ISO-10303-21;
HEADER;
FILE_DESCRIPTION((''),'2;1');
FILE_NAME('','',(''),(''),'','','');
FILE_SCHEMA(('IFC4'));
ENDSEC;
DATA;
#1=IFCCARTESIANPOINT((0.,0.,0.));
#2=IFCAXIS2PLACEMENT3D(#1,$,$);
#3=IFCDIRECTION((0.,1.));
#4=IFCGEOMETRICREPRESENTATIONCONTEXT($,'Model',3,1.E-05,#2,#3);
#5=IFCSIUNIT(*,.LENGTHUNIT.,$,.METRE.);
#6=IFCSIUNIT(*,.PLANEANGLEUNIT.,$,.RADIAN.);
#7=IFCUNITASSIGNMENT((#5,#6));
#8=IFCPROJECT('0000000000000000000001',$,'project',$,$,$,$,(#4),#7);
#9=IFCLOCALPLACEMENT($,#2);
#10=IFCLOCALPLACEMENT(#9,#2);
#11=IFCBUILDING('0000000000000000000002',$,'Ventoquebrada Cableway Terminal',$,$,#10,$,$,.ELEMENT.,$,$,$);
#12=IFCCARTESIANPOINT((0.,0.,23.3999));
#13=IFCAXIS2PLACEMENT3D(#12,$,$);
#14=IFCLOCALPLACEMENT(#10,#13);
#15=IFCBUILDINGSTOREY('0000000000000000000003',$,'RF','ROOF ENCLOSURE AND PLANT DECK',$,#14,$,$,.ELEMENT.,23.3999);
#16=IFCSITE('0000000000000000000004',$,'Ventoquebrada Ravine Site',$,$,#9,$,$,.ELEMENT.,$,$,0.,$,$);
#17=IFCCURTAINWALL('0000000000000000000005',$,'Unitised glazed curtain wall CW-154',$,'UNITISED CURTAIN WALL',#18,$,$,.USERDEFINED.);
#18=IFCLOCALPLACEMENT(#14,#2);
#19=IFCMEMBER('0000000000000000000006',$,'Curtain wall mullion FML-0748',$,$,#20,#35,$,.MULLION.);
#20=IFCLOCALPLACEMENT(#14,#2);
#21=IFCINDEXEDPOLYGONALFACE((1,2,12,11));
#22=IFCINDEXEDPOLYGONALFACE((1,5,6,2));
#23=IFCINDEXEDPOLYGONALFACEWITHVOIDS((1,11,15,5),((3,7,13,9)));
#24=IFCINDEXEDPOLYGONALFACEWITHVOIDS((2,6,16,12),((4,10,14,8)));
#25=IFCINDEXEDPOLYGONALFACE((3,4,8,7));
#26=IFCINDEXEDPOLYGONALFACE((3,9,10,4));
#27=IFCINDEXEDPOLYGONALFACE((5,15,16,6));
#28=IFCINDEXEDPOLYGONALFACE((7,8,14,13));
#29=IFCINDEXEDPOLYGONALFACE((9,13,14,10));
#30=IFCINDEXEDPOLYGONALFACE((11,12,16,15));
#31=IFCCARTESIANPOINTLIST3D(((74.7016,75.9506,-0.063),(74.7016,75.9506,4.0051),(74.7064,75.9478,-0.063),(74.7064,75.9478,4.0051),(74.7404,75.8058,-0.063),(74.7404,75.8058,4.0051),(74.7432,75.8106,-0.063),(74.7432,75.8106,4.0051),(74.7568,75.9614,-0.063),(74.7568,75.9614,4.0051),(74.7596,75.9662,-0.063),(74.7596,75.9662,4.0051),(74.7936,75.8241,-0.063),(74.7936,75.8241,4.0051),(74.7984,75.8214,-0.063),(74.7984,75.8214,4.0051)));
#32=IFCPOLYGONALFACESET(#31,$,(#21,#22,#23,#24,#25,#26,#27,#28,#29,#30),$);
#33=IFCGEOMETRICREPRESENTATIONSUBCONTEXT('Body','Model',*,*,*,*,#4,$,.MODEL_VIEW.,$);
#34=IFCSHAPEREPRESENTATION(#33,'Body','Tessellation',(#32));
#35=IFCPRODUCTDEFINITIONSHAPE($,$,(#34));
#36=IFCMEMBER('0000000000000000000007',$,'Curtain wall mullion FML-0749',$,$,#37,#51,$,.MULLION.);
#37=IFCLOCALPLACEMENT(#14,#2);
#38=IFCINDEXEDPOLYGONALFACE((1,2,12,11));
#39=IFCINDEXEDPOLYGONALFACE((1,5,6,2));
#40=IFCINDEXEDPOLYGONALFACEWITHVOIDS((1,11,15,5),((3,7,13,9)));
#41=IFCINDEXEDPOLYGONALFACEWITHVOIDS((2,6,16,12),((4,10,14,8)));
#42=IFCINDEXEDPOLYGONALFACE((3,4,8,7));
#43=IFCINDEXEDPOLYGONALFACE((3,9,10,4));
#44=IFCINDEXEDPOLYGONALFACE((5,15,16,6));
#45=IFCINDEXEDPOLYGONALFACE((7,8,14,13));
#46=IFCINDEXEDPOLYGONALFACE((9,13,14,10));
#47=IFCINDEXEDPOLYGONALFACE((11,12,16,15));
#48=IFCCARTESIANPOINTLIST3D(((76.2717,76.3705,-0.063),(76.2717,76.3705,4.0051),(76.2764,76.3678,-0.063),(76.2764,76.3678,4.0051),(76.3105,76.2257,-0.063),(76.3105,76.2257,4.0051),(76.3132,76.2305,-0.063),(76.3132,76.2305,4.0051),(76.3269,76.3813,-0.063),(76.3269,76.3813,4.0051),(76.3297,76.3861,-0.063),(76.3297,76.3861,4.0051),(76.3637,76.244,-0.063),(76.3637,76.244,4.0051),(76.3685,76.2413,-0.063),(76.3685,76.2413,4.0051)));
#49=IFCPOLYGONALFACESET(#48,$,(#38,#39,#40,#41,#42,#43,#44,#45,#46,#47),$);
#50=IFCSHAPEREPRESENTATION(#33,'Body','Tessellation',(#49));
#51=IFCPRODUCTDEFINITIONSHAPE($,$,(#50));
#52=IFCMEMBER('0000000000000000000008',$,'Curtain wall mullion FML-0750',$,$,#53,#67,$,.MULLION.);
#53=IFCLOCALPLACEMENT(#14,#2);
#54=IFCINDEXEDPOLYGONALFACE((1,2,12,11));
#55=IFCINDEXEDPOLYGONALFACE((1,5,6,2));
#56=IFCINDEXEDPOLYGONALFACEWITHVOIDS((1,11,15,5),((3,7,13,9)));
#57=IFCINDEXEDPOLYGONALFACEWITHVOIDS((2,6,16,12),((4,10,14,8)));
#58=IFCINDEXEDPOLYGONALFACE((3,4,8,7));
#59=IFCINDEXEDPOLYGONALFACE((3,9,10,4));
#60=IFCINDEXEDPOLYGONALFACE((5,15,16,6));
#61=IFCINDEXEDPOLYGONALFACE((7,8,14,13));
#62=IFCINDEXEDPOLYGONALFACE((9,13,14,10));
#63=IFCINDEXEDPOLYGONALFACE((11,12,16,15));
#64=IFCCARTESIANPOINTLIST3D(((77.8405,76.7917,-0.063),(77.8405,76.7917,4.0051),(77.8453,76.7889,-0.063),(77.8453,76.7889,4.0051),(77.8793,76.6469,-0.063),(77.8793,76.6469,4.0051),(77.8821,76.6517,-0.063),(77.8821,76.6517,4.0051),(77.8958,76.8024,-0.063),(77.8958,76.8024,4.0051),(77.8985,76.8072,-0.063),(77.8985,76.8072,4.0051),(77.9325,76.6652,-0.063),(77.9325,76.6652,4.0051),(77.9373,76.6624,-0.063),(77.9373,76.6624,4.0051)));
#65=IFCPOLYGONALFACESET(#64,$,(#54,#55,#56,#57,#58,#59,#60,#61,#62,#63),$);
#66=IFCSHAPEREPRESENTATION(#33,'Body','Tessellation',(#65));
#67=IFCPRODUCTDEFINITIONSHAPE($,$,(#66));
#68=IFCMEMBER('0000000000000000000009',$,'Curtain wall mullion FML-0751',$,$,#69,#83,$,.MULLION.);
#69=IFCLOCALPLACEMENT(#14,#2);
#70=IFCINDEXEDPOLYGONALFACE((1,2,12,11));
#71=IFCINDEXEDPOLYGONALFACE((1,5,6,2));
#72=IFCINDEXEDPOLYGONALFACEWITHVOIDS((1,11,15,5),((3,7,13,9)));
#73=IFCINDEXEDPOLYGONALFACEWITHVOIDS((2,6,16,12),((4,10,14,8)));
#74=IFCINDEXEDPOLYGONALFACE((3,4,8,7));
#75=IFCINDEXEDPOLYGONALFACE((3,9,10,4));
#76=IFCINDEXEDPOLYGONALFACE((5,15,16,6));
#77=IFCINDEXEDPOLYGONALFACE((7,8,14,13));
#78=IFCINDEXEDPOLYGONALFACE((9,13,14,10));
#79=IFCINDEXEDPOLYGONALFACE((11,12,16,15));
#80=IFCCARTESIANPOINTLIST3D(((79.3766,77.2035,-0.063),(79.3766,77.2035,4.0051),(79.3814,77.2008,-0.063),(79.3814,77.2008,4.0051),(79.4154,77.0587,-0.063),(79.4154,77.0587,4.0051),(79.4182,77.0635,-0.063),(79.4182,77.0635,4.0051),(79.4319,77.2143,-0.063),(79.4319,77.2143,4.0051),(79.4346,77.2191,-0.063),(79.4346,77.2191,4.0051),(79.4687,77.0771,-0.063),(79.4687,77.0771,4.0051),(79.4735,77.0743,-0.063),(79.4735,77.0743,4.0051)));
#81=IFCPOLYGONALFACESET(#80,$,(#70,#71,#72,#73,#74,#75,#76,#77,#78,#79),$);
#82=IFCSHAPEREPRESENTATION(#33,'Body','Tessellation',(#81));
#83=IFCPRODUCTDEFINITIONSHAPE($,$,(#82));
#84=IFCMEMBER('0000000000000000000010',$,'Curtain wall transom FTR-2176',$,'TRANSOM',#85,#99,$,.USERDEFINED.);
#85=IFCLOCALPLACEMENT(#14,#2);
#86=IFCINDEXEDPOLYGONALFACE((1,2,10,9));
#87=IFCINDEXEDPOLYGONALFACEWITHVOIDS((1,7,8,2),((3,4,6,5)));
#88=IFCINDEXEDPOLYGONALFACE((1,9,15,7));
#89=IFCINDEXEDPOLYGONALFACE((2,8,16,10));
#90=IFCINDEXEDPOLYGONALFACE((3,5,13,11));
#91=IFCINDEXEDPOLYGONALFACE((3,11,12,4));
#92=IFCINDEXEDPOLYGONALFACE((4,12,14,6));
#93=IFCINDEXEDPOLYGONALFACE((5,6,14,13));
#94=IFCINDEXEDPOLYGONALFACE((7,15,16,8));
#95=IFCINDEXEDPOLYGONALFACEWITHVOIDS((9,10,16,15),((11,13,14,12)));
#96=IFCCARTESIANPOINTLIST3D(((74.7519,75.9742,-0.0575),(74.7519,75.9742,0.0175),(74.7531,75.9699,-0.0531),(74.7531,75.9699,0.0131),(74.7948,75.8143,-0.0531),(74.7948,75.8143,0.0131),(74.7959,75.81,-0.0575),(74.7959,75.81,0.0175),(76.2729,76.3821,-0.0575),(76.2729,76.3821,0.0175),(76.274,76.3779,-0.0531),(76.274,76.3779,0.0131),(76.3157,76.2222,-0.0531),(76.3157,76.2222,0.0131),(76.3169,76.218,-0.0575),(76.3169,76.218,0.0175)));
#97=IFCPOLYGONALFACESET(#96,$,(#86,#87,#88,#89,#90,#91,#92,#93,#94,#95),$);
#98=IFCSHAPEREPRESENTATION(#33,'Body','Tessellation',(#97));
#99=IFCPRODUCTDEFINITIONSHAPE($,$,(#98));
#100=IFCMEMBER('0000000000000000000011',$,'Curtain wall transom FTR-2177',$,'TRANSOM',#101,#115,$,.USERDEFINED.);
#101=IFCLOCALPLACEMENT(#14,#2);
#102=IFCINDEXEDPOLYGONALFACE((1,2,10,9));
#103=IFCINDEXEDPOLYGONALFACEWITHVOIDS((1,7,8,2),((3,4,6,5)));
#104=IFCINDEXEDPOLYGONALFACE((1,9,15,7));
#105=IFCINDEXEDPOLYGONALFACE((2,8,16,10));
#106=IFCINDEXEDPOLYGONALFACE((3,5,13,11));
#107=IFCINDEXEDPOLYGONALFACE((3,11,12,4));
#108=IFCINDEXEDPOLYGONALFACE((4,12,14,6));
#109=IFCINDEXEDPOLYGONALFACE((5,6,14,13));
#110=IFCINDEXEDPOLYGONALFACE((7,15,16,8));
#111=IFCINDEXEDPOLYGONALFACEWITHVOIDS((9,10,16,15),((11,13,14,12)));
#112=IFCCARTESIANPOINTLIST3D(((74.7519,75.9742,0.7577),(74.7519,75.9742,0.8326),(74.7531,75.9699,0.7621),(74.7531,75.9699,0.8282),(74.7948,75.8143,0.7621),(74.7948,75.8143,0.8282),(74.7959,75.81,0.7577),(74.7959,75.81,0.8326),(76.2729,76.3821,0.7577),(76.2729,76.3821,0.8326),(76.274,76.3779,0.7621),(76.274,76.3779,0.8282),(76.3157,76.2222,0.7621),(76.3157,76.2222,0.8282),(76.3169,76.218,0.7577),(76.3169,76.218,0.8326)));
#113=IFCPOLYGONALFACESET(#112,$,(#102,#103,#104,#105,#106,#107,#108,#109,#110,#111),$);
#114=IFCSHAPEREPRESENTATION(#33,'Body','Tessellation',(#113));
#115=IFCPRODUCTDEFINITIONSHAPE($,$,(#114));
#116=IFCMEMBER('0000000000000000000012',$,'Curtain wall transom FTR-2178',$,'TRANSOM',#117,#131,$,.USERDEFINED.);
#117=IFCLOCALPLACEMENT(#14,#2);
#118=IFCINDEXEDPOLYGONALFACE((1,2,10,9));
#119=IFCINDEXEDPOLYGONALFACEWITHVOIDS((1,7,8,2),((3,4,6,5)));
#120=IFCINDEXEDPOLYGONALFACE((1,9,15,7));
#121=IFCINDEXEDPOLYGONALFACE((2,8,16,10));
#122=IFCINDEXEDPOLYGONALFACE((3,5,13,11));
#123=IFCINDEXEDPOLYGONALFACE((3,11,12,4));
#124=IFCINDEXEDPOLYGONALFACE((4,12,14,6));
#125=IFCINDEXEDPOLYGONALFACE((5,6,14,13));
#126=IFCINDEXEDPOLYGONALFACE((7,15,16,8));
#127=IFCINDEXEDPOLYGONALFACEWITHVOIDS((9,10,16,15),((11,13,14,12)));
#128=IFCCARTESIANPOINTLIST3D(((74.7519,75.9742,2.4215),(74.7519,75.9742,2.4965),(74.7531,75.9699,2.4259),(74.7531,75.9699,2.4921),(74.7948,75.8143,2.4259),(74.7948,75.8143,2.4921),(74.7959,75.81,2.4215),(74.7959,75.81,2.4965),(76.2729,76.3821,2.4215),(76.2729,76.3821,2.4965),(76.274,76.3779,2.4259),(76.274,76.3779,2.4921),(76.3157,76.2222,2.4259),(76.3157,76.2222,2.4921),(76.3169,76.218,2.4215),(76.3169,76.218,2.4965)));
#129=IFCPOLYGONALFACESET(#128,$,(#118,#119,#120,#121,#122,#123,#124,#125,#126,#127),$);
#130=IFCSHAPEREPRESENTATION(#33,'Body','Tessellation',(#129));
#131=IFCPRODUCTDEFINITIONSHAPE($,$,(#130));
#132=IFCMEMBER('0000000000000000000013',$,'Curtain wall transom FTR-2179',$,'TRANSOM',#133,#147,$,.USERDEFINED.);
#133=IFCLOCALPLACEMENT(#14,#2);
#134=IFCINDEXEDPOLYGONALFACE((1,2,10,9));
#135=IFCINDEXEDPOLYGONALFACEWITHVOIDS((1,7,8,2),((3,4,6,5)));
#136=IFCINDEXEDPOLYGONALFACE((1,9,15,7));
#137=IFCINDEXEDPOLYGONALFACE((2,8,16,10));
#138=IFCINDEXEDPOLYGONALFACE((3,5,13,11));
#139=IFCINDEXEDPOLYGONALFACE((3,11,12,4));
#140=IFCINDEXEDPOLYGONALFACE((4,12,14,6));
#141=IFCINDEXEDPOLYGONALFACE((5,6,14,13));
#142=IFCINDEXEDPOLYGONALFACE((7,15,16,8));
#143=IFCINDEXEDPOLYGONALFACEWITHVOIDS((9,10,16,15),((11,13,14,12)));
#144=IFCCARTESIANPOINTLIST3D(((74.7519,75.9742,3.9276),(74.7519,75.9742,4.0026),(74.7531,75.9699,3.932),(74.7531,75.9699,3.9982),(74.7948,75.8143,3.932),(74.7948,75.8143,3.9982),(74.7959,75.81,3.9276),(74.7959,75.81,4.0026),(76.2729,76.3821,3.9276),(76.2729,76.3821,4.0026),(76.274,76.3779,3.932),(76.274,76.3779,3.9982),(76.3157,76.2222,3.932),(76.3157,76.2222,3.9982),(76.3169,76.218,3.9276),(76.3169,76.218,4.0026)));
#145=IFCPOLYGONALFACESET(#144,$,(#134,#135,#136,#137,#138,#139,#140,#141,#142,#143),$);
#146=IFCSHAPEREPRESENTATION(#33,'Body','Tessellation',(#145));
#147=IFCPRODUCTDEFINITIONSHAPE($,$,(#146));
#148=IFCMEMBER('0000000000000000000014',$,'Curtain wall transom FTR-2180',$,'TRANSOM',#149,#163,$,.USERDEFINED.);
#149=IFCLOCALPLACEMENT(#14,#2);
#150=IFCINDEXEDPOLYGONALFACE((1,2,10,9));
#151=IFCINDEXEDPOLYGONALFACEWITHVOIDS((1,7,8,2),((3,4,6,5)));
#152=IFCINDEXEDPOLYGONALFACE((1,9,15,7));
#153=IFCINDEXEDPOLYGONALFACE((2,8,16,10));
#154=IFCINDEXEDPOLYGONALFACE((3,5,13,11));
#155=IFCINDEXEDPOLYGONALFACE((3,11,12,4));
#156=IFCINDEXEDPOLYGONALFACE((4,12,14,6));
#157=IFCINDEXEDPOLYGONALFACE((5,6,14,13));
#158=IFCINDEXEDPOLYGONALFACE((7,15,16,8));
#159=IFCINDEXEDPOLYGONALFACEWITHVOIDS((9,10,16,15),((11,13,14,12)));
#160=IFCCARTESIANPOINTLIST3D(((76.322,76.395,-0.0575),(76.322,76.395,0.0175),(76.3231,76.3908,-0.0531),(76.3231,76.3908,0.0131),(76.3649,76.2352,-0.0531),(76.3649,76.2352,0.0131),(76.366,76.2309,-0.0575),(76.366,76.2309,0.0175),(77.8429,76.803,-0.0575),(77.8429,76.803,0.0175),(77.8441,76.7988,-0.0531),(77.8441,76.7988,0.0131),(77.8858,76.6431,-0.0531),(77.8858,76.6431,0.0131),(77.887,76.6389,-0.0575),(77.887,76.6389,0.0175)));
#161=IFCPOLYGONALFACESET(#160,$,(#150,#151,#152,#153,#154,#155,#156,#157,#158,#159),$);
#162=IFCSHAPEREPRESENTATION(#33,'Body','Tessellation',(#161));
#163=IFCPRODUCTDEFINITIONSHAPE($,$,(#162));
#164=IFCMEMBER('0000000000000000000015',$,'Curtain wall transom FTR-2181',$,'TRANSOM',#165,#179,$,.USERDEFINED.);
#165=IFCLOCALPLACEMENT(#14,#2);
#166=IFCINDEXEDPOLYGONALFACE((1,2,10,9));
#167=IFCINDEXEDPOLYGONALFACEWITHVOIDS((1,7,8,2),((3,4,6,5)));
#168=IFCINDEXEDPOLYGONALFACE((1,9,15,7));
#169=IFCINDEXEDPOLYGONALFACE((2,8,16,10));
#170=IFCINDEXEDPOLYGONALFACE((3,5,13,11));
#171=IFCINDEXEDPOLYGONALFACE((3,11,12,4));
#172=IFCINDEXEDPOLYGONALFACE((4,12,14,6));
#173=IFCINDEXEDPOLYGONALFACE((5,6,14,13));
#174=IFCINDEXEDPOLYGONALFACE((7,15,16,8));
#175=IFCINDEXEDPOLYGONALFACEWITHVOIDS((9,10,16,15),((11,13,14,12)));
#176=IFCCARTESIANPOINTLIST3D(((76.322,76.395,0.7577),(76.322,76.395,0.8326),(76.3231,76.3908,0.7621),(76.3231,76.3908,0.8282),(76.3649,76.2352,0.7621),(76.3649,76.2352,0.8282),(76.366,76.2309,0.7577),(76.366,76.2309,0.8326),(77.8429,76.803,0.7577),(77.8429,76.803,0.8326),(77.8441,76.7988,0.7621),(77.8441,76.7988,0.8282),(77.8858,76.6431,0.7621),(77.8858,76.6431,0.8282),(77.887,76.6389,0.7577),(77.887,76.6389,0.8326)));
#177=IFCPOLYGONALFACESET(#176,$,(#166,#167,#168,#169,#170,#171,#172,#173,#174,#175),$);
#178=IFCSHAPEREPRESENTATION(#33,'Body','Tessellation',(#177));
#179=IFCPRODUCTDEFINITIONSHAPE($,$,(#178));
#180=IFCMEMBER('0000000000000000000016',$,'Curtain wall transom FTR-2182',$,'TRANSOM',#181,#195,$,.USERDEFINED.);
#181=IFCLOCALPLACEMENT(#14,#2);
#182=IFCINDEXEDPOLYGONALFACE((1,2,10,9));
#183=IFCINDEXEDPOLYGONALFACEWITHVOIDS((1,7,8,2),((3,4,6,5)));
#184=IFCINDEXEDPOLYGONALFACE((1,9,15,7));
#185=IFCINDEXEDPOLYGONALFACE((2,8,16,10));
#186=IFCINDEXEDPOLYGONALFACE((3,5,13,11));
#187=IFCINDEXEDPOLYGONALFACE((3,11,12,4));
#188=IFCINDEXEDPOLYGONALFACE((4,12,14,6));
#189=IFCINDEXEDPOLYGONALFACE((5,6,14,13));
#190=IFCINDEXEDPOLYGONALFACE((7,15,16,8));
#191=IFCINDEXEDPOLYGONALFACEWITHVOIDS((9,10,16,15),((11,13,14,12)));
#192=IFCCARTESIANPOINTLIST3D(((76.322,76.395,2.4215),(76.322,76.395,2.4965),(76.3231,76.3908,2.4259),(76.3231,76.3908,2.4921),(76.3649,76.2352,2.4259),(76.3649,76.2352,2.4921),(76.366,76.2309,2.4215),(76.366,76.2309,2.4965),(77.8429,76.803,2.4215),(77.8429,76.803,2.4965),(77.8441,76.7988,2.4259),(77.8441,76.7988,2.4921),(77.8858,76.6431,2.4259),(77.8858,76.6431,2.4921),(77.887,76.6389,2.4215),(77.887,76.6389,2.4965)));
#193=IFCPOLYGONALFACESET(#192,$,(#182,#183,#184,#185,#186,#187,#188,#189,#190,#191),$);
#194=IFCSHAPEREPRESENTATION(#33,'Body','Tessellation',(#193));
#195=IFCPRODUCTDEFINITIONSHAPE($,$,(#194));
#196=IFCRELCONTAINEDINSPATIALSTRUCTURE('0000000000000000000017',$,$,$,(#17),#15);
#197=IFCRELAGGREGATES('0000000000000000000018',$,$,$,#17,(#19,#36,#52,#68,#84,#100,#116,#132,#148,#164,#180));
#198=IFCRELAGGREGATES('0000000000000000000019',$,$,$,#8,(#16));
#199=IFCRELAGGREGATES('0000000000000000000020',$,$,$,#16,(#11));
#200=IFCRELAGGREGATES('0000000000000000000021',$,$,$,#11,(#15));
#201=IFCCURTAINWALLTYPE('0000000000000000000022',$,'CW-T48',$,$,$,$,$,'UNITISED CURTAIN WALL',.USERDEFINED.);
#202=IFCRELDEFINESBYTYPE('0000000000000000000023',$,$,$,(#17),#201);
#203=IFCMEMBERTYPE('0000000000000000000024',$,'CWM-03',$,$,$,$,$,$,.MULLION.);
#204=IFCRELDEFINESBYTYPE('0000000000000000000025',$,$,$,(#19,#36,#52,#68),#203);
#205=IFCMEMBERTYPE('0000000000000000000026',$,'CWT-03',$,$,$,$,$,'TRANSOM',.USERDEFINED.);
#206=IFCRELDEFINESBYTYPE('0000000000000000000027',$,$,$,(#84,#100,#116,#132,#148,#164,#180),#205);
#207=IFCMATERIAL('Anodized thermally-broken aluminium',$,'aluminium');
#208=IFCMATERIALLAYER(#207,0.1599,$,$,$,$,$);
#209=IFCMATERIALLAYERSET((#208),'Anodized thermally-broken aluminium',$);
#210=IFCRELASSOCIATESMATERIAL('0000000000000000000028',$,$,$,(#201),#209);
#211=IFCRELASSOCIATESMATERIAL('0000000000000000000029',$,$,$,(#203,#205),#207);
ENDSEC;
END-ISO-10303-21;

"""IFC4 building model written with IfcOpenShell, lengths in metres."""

from ifc_helpers import new_model, si_unit, direction, frame, origin, origin_2d, place, context, subcontext, project, spatial, hollow_rectangle, extrude, material, layer, layer_set, material_profile, profile_set, type_object, element, aggregate, save


model = new_model("IFC4")

# Units and contexts
model_context = context("Model", 3, precision=1e-05, world=origin(), true_north=direction((0.0, 1.0)))
body_context = subcontext(model_context, "Body", "Model", "MODEL_VIEW")
ifc_project = project(units=[si_unit("LENGTHUNIT", "METRE"), si_unit("PLANEANGLEUNIT", "RADIAN")], contexts=[model_context])

# Site, building, storey
site_placement = place(None, origin())
site = spatial("IfcSite", under=ifc_project, at=site_placement, Name="Ventoquebrada Ravine Site", CompositionType="ELEMENT", RefElevation=0.0)
building_placement = place(site_placement, origin())
building = spatial("IfcBuilding", under=site, at=building_placement, Name="Ventoquebrada Cableway Terminal", CompositionType="ELEMENT")
storey_placement = place(building_placement, frame((0.0, 0.0, 23.3999)))
storey = spatial("IfcBuildingStorey", under=building, at=storey_placement, Name="RF", Description="ROOF ENCLOSURE AND PLANT DECK", CompositionType="ELEMENT", Elevation=23.3999)

# Curtain wall, members
ifc_material_1 = material(Name="Anodized thermally-broken aluminium", Category="aluminium")
ifc_layer_1 = layer(ifc_material_1, 0.1599)
ifc_layer_set_1 = layer_set([ifc_layer_1], Name="Anodized thermally-broken aluminium")
curtain_wall_type = type_object("IfcCurtainWallType", Name="CW-T48", ElementType="UNITISED CURTAIN WALL", PredefinedType="USERDEFINED", material=ifc_layer_set_1)
curtain_wall_placement = place(storey_placement, origin())
curtain_wall = element("IfcCurtainWall", 1, at=curtain_wall_placement, inside=storey, type_object=curtain_wall_type, Name="Unitised glazed curtain wall CW-154", ObjectType="UNITISED CURTAIN WALL", PredefinedType="USERDEFINED")
ifc_material_profile_1 = material_profile(ifc_material_1, hollow_rectangle(XDim=0.0601, YDim=0.1499, WallThickness=0.0039, at=origin_2d()), Name="CW-MUL-60X150")
ifc_profile_set_1 = profile_set([ifc_material_profile_1], Name="Anodized thermally-broken aluminium")
member_type_1 = type_object("IfcMemberType", Name="CWM-03", PredefinedType="MULLION", material=ifc_profile_set_1)
member_1_placement = place(storey_placement, frame((74.75, 75.886, -0.063), z_axis=(0.0, 0.0, 1.0), x_axis=(0.965903, 0.258903, 0.0)))
member_1 = element("IfcMember", 2, at=member_1_placement, type_object=member_type_1, Name="Curtain wall mullion FML-0748", PredefinedType="MULLION", context=body_context, shape_type="SweptSolid", body=[
    extrude(hollow_rectangle(XDim=0.0601, YDim=0.1499, WallThickness=0.0039, at=origin_2d()), origin(), (0.0, 0.0, 1.0), 4.0681),
])
member_2_placement = place(storey_placement, frame((76.3201, 76.3059, -0.063), z_axis=(0.0, 0.0, 1.0), x_axis=(0.965903, 0.258903, 0.0)))
member_2 = element("IfcMember", 3, at=member_2_placement, type_object=member_type_1, Name="Curtain wall mullion FML-0749", PredefinedType="MULLION", context=body_context, shape_type="SweptSolid", body=[
    extrude(hollow_rectangle(XDim=0.0601, YDim=0.1499, WallThickness=0.0039, at=origin_2d()), origin(), (0.0, 0.0, 1.0), 4.0681),
])
member_3_placement = place(storey_placement, frame((77.8889, 76.7271, -0.063), z_axis=(0.0, 0.0, 1.0), x_axis=(0.965903, 0.258903, 0.0)))
member_3 = element("IfcMember", 4, at=member_3_placement, type_object=member_type_1, Name="Curtain wall mullion FML-0750", PredefinedType="MULLION", context=body_context, shape_type="SweptSolid", body=[
    extrude(hollow_rectangle(XDim=0.0601, YDim=0.1499, WallThickness=0.0039, at=origin_2d()), origin(), (0.0, 0.0, 1.0), 4.0681),
])
member_4_placement = place(storey_placement, frame((79.425, 77.1389, -0.063), z_axis=(0.0, 0.0, 1.0), x_axis=(0.965903, 0.258903, 0.0)))
member_4 = element("IfcMember", 5, at=member_4_placement, type_object=member_type_1, Name="Curtain wall mullion FML-0751", PredefinedType="MULLION", context=body_context, shape_type="SweptSolid", body=[
    extrude(hollow_rectangle(XDim=0.0601, YDim=0.1499, WallThickness=0.0039, at=origin_2d()), origin(), (0.0, 0.0, 1.0), 4.0681),
])
ifc_material_profile_2 = material_profile(ifc_material_1, hollow_rectangle(XDim=0.075, YDim=0.1699, WallThickness=0.0044, at=origin_2d()), Name="CW-TRN-75X170")
ifc_profile_set_2 = profile_set([ifc_material_profile_2], Name="Anodized thermally-broken aluminium")
member_type_2 = type_object("IfcMemberType", Name="CWT-03", ElementType="TRANSOM", PredefinedType="USERDEFINED", material=ifc_profile_set_2)
member_5_placement = place(storey_placement, frame((74.7739, 75.8921, -0.02), z_axis=(0.965861, 0.259062, 0.0), x_axis=(0.0, 0.0, 1.0)))
member_5 = element("IfcMember", 6, at=member_5_placement, type_object=member_type_2, Name="Curtain wall transom FTR-2176", ObjectType="TRANSOM", PredefinedType="USERDEFINED", context=body_context, shape_type="SweptSolid", body=[
    extrude(hollow_rectangle(XDim=0.075, YDim=0.1699, WallThickness=0.0044, at=origin_2d()), origin(), (0.0, 0.0, 1.0), 1.5747),
])
member_6_placement = place(storey_placement, frame((74.7739, 75.8921, 0.7952), z_axis=(0.965861, 0.259062, 0.0), x_axis=(0.0, 0.0, 1.0)))
member_6 = element("IfcMember", 7, at=member_6_placement, type_object=member_type_2, Name="Curtain wall transom FTR-2177", ObjectType="TRANSOM", PredefinedType="USERDEFINED", context=body_context, shape_type="SweptSolid", body=[
    extrude(hollow_rectangle(XDim=0.075, YDim=0.1699, WallThickness=0.0044, at=origin_2d()), origin(), (0.0, 0.0, 1.0), 1.5747),
])
member_7_placement = place(storey_placement, frame((74.7739, 75.8921, 2.459), z_axis=(0.965861, 0.259062, 0.0), x_axis=(0.0, 0.0, 1.0)))
member_7 = element("IfcMember", 8, at=member_7_placement, type_object=member_type_2, Name="Curtain wall transom FTR-2178", ObjectType="TRANSOM", PredefinedType="USERDEFINED", context=body_context, shape_type="SweptSolid", body=[
    extrude(hollow_rectangle(XDim=0.075, YDim=0.1699, WallThickness=0.0044, at=origin_2d()), origin(), (0.0, 0.0, 1.0), 1.5747),
])
member_8_placement = place(storey_placement, frame((74.7739, 75.8921, 3.9651), z_axis=(0.965861, 0.259062, 0.0), x_axis=(0.0, 0.0, 1.0)))
member_8 = element("IfcMember", 9, at=member_8_placement, type_object=member_type_2, Name="Curtain wall transom FTR-2179", ObjectType="TRANSOM", PredefinedType="USERDEFINED", context=body_context, shape_type="SweptSolid", body=[
    extrude(hollow_rectangle(XDim=0.075, YDim=0.1699, WallThickness=0.0044, at=origin_2d()), origin(), (0.0, 0.0, 1.0), 1.5747),
])
member_9_placement = place(storey_placement, frame((76.344, 76.313, -0.02), z_axis=(0.965861, 0.259062, 0.0), x_axis=(0.0, 0.0, 1.0)))
member_9 = element("IfcMember", 10, at=member_9_placement, type_object=member_type_2, Name="Curtain wall transom FTR-2180", ObjectType="TRANSOM", PredefinedType="USERDEFINED", context=body_context, shape_type="SweptSolid", body=[
    extrude(hollow_rectangle(XDim=0.075, YDim=0.1699, WallThickness=0.0044, at=origin_2d()), origin(), (0.0, 0.0, 1.0), 1.5747),
])
member_10_placement = place(storey_placement, frame((76.344, 76.313, 0.7952), z_axis=(0.965861, 0.259062, 0.0), x_axis=(0.0, 0.0, 1.0)))
member_10 = element("IfcMember", 11, at=member_10_placement, type_object=member_type_2, Name="Curtain wall transom FTR-2181", ObjectType="TRANSOM", PredefinedType="USERDEFINED", context=body_context, shape_type="SweptSolid", body=[
    extrude(hollow_rectangle(XDim=0.075, YDim=0.1699, WallThickness=0.0044, at=origin_2d()), origin(), (0.0, 0.0, 1.0), 1.5747),
])
member_11_placement = place(storey_placement, frame((76.344, 76.313, 2.459), z_axis=(0.965861, 0.259062, 0.0), x_axis=(0.0, 0.0, 1.0)))
member_11 = element("IfcMember", 12, at=member_11_placement, type_object=member_type_2, Name="Curtain wall transom FTR-2182", ObjectType="TRANSOM", PredefinedType="USERDEFINED", context=body_context, shape_type="SweptSolid", body=[
    extrude(hollow_rectangle(XDim=0.075, YDim=0.1699, WallThickness=0.0044, at=origin_2d()), origin(), (0.0, 0.0, 1.0), 1.5747),
])

aggregate(curtain_wall, [member_1, member_2, member_3, member_4, member_5, member_6, member_7, member_8, member_9, member_10, member_11])

save(model, "model.ifc")
